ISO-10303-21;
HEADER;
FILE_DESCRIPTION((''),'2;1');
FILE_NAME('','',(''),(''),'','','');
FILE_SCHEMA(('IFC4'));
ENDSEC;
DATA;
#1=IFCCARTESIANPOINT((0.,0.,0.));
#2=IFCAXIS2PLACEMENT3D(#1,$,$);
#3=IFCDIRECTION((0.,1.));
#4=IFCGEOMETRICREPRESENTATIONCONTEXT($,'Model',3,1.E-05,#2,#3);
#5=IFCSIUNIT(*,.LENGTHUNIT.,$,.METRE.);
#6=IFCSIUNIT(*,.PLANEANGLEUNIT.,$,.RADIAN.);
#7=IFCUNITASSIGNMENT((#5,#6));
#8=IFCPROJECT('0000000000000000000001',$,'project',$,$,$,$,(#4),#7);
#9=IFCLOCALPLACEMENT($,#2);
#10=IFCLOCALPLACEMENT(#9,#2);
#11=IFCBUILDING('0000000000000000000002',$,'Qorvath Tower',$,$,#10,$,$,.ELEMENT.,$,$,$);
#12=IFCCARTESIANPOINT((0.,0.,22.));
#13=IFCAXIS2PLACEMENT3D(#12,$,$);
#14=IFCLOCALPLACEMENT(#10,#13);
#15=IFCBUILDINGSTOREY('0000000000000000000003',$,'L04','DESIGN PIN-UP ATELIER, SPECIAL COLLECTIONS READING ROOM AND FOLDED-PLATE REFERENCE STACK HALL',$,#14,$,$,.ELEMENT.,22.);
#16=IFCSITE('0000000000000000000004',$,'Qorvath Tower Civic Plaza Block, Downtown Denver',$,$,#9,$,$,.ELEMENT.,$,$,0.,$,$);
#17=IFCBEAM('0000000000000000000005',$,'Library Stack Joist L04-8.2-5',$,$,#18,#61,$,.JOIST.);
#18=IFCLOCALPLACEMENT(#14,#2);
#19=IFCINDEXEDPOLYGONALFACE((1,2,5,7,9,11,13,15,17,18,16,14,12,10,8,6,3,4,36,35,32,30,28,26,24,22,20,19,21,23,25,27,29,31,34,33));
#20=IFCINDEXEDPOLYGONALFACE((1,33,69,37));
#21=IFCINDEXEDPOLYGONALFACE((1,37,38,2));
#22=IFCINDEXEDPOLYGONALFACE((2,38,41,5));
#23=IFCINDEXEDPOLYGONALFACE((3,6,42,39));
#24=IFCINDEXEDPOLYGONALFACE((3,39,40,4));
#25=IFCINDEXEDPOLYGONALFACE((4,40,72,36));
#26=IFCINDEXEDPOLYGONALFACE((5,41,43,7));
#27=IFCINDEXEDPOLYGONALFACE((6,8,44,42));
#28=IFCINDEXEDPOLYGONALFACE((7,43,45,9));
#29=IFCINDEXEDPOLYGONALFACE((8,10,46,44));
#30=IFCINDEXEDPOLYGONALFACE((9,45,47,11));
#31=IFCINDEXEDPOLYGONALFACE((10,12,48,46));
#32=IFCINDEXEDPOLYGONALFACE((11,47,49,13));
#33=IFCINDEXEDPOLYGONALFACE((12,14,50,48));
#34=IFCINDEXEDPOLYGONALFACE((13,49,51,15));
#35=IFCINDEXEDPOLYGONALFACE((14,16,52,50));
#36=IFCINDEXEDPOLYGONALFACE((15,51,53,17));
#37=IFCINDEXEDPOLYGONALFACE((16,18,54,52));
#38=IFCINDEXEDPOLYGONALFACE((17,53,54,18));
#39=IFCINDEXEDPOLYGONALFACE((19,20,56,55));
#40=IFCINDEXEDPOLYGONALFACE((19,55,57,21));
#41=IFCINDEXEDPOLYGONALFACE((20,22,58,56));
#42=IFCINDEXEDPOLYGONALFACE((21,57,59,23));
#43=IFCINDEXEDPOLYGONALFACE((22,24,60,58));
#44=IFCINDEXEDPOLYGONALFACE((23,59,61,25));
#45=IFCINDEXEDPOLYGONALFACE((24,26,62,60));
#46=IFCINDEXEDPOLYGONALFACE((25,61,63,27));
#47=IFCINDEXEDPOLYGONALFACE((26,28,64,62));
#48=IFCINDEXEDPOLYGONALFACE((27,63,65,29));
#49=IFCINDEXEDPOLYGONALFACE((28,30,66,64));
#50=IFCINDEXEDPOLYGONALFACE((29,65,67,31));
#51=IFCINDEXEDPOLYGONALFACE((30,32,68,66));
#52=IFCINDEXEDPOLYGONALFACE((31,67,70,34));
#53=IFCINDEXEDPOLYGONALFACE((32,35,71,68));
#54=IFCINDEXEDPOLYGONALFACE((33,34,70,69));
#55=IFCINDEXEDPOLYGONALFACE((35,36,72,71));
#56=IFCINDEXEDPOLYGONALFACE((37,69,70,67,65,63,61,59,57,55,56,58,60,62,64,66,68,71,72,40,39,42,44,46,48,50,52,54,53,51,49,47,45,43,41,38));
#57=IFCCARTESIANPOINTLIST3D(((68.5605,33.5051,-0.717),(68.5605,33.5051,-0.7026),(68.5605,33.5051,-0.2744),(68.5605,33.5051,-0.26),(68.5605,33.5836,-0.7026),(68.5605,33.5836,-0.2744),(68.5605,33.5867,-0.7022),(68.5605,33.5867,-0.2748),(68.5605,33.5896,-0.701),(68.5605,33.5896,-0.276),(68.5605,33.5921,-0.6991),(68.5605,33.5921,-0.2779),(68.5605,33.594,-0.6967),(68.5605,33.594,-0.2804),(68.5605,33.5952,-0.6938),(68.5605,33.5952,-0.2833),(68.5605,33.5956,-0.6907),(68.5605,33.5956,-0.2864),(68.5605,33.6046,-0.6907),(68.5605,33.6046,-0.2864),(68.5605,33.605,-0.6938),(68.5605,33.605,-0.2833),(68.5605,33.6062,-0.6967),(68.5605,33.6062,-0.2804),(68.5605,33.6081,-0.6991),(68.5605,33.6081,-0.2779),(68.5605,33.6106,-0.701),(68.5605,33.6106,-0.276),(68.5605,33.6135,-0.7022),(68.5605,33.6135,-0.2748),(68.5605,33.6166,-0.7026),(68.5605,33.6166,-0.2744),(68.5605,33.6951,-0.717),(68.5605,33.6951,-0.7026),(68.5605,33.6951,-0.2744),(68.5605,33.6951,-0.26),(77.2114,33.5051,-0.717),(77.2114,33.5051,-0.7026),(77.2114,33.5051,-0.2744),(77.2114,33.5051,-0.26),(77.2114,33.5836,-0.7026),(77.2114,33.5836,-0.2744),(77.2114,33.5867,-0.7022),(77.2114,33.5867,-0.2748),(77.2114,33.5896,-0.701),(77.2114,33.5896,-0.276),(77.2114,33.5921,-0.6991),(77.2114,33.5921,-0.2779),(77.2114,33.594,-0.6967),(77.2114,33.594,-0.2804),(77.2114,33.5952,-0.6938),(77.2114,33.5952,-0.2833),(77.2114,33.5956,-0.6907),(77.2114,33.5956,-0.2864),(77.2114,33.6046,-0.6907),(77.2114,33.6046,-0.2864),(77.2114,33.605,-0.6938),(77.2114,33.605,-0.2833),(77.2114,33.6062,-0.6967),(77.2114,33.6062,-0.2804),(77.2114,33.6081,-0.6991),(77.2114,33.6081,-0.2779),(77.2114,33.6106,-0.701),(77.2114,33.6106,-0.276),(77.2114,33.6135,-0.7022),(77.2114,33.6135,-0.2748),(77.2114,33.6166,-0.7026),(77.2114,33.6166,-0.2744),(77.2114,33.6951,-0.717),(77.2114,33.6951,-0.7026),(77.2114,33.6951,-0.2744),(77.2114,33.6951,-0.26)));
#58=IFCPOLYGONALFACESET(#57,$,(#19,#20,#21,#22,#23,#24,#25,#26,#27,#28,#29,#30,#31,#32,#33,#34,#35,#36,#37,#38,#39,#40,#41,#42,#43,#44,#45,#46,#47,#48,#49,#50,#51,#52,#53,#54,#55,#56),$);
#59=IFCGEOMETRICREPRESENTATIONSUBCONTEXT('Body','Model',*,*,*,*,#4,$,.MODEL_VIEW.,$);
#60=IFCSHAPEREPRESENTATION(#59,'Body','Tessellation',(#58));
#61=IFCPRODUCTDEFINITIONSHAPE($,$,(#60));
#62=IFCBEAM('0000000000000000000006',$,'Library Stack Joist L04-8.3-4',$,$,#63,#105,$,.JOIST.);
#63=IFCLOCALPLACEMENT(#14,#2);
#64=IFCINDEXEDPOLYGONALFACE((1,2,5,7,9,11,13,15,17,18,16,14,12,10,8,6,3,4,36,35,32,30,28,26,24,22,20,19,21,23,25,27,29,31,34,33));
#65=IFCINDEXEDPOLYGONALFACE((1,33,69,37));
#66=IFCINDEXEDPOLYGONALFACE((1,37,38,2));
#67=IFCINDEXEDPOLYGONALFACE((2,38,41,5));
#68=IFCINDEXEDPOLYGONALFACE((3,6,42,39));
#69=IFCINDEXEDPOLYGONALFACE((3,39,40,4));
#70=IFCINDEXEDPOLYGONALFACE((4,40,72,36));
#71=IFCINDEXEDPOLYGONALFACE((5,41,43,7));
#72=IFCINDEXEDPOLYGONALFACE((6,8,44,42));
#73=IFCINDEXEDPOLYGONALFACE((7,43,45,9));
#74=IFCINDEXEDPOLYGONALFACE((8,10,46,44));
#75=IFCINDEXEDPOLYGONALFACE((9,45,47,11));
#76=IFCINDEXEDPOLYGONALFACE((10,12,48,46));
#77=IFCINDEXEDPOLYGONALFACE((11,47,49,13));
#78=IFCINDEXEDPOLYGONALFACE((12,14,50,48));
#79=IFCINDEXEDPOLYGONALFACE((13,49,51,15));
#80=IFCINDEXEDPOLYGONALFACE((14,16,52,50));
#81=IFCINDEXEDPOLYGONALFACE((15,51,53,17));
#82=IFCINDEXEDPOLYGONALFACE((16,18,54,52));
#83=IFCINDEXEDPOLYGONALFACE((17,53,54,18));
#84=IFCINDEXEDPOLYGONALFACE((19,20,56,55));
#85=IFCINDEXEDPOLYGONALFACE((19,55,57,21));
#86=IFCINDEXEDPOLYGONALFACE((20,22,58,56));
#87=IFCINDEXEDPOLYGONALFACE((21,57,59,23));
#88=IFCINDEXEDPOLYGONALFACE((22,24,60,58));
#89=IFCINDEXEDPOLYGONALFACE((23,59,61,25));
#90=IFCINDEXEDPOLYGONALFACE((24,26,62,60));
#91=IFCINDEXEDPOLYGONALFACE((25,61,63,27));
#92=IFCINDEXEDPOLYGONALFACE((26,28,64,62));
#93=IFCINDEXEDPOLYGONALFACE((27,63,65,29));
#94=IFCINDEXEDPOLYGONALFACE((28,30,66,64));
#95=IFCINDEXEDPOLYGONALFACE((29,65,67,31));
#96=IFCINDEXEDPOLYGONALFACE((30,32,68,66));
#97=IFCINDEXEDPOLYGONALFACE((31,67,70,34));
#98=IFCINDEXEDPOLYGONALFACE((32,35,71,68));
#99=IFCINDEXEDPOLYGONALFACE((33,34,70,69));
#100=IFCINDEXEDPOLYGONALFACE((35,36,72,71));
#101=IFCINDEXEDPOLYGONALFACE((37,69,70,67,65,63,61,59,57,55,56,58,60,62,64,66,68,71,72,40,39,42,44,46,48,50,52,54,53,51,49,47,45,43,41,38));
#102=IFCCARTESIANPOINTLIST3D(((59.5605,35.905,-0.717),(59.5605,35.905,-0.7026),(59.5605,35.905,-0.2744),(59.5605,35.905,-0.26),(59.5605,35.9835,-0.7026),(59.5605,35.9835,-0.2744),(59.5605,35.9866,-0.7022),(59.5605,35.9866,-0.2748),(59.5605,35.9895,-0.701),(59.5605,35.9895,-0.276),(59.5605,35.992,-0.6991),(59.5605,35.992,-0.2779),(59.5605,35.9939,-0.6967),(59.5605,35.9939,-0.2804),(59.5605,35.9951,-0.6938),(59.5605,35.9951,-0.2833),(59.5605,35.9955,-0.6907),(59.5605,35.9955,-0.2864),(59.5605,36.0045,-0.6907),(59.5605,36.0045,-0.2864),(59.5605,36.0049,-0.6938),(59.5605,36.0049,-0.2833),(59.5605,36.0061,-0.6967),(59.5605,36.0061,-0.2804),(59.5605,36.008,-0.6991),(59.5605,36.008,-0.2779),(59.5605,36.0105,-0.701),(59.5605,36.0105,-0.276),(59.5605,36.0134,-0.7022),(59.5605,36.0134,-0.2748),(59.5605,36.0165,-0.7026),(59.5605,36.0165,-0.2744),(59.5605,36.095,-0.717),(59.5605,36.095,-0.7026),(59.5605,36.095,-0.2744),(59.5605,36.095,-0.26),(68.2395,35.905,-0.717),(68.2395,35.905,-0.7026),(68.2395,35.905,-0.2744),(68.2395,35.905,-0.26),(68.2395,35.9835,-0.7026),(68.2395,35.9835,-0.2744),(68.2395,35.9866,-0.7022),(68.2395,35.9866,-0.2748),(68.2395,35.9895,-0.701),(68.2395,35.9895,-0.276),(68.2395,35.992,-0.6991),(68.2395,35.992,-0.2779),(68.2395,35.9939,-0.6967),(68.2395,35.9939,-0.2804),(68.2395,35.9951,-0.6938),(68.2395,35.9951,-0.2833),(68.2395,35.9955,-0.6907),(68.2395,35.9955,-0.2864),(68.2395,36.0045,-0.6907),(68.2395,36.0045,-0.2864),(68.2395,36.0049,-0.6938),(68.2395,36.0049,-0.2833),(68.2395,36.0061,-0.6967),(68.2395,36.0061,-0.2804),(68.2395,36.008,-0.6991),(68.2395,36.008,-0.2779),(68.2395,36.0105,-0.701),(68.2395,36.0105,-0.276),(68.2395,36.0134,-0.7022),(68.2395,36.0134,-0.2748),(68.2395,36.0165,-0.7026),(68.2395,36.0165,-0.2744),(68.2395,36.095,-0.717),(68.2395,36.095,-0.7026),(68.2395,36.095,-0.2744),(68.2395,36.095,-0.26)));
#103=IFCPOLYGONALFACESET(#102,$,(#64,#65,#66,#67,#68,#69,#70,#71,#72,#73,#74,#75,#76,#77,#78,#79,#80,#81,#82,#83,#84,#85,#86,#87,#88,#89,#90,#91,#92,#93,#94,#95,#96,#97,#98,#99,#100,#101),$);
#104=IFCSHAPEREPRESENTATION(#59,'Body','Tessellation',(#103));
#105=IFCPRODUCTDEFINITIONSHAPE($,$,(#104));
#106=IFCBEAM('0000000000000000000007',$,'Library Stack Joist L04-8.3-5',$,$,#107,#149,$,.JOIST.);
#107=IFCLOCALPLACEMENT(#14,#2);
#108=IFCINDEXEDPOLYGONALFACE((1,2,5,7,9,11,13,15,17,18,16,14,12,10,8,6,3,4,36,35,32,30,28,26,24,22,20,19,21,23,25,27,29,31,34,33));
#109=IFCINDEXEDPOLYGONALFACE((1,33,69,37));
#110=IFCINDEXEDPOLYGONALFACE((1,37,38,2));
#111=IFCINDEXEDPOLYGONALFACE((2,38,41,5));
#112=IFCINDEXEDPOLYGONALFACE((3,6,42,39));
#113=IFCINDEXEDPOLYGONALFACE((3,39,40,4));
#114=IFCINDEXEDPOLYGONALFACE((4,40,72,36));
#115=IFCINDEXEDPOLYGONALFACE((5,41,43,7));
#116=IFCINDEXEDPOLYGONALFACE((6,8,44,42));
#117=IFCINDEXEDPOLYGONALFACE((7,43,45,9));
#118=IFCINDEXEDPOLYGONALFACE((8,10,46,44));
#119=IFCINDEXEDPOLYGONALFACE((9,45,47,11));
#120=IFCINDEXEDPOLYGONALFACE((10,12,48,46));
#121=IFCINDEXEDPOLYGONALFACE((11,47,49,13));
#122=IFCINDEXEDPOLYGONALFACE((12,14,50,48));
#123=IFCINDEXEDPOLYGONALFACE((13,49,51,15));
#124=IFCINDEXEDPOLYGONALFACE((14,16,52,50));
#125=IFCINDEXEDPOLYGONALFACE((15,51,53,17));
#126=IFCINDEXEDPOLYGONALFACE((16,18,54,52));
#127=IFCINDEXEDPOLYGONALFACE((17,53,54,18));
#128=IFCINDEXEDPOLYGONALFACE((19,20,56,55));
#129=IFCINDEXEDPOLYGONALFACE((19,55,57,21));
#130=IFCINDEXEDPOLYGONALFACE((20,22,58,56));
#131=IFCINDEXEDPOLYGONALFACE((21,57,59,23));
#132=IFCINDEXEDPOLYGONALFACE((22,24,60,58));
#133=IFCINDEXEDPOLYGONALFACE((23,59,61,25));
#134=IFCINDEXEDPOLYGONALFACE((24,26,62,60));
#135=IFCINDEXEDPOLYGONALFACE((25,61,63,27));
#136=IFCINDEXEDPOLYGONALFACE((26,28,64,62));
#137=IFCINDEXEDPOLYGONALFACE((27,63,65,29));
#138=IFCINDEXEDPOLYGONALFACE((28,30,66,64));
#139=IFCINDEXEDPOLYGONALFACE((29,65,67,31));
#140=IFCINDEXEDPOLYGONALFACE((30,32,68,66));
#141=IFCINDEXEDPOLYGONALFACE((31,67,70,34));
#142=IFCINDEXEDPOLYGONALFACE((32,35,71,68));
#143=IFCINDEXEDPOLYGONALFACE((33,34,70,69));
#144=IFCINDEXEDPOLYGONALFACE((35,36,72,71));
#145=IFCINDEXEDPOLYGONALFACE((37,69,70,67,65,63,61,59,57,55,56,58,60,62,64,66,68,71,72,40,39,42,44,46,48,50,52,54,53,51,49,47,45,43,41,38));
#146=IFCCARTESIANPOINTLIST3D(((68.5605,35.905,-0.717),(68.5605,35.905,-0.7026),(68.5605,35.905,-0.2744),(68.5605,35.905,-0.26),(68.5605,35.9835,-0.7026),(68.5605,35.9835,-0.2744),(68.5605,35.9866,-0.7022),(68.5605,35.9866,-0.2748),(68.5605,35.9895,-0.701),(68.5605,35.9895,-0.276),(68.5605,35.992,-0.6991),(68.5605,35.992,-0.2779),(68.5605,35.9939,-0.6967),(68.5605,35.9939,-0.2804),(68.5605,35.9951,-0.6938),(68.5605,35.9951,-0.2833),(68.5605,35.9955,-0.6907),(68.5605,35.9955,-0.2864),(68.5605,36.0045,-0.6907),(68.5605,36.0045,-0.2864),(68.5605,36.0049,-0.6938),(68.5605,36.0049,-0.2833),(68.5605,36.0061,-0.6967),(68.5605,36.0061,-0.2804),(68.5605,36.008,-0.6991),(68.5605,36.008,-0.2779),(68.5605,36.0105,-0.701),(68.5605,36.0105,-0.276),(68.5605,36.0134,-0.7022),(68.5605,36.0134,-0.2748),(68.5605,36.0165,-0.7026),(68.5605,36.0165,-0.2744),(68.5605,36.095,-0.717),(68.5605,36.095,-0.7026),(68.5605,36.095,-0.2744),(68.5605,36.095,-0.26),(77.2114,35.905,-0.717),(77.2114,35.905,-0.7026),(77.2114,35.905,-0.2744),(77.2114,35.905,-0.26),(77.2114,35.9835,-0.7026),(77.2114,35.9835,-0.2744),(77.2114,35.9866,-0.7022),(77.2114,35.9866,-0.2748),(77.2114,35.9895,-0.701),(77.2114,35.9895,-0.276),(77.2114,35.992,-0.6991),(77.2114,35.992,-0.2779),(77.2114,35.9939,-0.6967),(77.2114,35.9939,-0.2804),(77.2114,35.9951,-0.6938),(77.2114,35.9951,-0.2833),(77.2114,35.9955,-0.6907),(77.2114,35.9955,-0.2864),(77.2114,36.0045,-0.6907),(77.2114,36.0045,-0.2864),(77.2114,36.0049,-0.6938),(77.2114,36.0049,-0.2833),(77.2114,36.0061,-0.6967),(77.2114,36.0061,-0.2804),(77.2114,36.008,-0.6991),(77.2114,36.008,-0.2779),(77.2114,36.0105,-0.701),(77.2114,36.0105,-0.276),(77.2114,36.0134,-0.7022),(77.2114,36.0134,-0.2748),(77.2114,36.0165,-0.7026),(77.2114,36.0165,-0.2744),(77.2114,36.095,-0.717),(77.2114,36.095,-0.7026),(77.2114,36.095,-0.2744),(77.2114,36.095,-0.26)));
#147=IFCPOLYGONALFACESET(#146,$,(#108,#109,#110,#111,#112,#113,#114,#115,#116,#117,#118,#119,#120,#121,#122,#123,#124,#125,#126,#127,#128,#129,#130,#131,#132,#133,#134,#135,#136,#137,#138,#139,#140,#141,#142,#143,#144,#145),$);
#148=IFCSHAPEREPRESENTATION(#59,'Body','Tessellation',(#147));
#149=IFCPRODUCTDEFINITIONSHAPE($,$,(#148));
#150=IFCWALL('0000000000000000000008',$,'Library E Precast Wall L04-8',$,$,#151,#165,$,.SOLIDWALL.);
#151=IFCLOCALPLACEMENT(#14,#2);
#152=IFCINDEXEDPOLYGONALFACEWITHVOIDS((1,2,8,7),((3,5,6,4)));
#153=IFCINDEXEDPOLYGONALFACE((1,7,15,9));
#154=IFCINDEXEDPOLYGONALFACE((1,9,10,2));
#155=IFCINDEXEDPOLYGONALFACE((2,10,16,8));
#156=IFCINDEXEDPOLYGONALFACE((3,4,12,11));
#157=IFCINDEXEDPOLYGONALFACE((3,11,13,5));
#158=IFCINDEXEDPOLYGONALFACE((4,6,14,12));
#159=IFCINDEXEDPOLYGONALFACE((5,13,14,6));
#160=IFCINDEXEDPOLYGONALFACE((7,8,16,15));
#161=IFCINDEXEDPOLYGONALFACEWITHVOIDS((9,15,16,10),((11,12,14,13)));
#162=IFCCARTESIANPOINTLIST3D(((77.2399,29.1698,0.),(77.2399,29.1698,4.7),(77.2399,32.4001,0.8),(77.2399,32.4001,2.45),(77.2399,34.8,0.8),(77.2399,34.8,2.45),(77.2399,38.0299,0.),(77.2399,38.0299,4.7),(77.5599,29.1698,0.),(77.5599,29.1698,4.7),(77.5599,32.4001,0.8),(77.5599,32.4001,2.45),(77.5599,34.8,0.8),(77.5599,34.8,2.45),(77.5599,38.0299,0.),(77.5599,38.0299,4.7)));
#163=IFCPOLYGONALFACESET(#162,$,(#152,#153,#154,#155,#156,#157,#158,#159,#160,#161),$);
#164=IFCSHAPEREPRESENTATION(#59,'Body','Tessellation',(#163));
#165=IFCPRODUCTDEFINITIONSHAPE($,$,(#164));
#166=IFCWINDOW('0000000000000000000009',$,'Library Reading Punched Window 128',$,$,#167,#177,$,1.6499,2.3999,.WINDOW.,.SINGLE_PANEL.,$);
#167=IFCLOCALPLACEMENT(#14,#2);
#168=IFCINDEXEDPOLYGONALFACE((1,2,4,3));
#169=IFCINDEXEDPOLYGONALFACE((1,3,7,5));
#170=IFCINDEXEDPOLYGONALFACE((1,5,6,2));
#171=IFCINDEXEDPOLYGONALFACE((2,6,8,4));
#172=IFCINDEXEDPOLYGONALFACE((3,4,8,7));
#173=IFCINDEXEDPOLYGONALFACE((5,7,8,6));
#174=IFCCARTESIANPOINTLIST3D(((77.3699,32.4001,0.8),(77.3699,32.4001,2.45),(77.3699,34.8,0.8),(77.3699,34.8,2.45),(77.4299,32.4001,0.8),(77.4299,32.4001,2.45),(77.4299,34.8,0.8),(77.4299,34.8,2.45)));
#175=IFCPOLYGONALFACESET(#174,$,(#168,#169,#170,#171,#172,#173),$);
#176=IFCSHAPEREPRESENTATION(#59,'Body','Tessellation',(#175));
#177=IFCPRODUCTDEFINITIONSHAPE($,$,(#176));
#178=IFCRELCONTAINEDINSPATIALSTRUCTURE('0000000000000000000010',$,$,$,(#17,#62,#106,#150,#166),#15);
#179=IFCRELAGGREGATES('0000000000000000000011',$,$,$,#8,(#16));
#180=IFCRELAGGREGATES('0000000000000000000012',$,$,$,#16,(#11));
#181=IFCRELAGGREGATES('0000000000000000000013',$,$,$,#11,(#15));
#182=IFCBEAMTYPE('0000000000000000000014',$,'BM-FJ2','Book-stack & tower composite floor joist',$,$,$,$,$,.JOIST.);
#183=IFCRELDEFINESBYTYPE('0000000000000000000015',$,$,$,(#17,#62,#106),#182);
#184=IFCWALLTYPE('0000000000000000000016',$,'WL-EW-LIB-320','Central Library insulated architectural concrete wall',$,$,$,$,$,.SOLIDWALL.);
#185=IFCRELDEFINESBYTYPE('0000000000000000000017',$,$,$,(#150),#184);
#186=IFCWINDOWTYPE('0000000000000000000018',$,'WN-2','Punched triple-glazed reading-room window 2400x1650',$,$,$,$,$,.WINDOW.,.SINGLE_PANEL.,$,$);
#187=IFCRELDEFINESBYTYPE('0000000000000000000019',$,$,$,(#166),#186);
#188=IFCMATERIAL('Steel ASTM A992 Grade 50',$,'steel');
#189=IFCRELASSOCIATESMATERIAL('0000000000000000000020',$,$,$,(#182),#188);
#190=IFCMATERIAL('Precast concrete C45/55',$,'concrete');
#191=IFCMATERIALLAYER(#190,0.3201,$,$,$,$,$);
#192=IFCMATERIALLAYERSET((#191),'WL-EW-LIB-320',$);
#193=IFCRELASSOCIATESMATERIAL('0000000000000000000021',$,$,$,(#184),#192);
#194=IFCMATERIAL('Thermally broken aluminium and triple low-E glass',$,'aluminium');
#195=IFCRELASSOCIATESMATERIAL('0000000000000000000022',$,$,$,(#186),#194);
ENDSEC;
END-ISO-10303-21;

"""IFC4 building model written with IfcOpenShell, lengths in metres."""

from ifc_helpers import new_model, si_unit, direction, frame, frame_2d, origin, origin_2d, place, context, subcontext, project, spatial, rectangle, i_section, extrude, material, layer, layer_set, material_profile, profile_set, type_object, element, fill, save


model = new_model("IFC4")

# Units and contexts
model_context = context("Model", 3, precision=1e-05, world=origin(), true_north=direction((0.0, 1.0)))
body_context = subcontext(model_context, "Body", "Model", "MODEL_VIEW")
ifc_project = project(units=[si_unit("LENGTHUNIT", "METRE"), si_unit("PLANEANGLEUNIT", "RADIAN")], contexts=[model_context])

# Site, building, storey
site_placement = place(None, origin())
site = spatial("IfcSite", under=ifc_project, at=site_placement, Name="Qorvath Tower Civic Plaza Block, Downtown Denver", CompositionType="ELEMENT", RefElevation=0.0)
building_placement = place(site_placement, origin())
building = spatial("IfcBuilding", under=site, at=building_placement, Name="Qorvath Tower", CompositionType="ELEMENT")
storey_placement = place(building_placement, frame((0.0, 0.0, 22.0)))
storey = spatial("IfcBuildingStorey", under=building, at=storey_placement, Name="L04", Description="DESIGN PIN-UP ATELIER, SPECIAL COLLECTIONS READING ROOM AND FOLDED-PLATE REFERENCE STACK HALL", CompositionType="ELEMENT", Elevation=22.0)

# Beams
ifc_material_1 = material(Name="Steel ASTM A992 Grade 50", Category="steel")
ifc_material_profile_1 = material_profile(ifc_material_1, i_section(OverallWidth=0.1899, OverallDepth=0.457, WebThickness=0.009, FlangeThickness=0.0144, FilletRadius=0.012, at=origin_2d()), Name="W18x50")
ifc_profile_set_1 = profile_set([ifc_material_profile_1], Name="Steel ASTM A992 Grade 50")
beam_type_1 = type_object("IfcBeamType", Name="BM-FJ2", Description="Book-stack & tower composite floor joist", PredefinedType="JOIST", material=ifc_profile_set_1)
beam_1_placement = place(storey_placement, frame((68.5605, 33.6001, -0.4885), z_axis=(1.0, 0.0, 0.0), x_axis=(0.0, 1.0, 0.0)))
element("IfcBeam", 1, at=beam_1_placement, inside=storey, type_object=beam_type_1, Name="Library Stack Joist L04-8.2-5", PredefinedType="JOIST", context=body_context, shape_type="SweptSolid", body=[
    extrude(i_section(OverallWidth=0.1899, OverallDepth=0.457, WebThickness=0.009, FlangeThickness=0.0144, FilletRadius=0.012, at=origin_2d()), origin(), (0.0, 0.0, 1.0), 8.6509),
])
beam_2_placement = place(storey_placement, frame((59.5605, 36.0, -0.4885), z_axis=(1.0, 0.0, 0.0), x_axis=(0.0, 1.0, 0.0)))
element("IfcBeam", 2, at=beam_2_placement, inside=storey, type_object=beam_type_1, Name="Library Stack Joist L04-8.3-4", PredefinedType="JOIST", context=body_context, shape_type="SweptSolid", body=[
    extrude(i_section(OverallWidth=0.1899, OverallDepth=0.457, WebThickness=0.009, FlangeThickness=0.0144, FilletRadius=0.012, at=origin_2d()), origin(), (0.0, 0.0, 1.0), 8.679),
])
beam_3_placement = place(storey_placement, frame((68.5605, 36.0, -0.4885), z_axis=(1.0, 0.0, 0.0), x_axis=(0.0, 1.0, 0.0)))
element("IfcBeam", 3, at=beam_3_placement, inside=storey, type_object=beam_type_1, Name="Library Stack Joist L04-8.3-5", PredefinedType="JOIST", context=body_context, shape_type="SweptSolid", body=[
    extrude(i_section(OverallWidth=0.1899, OverallDepth=0.457, WebThickness=0.009, FlangeThickness=0.0144, FilletRadius=0.012, at=origin_2d()), origin(), (0.0, 0.0, 1.0), 8.6509),
])

# Wall, opening, window
ifc_material_2 = material(Name="Precast concrete C45/55", Category="concrete")
ifc_layer = layer(ifc_material_2, 0.3201)
ifc_layer_set = layer_set([ifc_layer], Name="WL-EW-LIB-320")
wall_type = type_object("IfcWallType", Name="WL-EW-LIB-320", Description="Central Library insulated architectural concrete wall", PredefinedType="SOLIDWALL", material=ifc_layer_set)
wall_1_placement = place(storey_placement, frame((77.3999, 38.03, 0.0), z_axis=(0.0, 0.0, 1.0), x_axis=(0.0, -1.0, 0.0)))
wall_1 = element("IfcWall", 4, at=wall_1_placement, inside=storey, type_object=wall_type, Name="Library E Precast Wall L04-8", PredefinedType="SOLIDWALL", context=body_context, shape_type="SweptSolid", body=[
    extrude(rectangle(XDim=8.8601, YDim=0.3201, at=frame_2d((4.4302, 0.0))), origin(), (0.0, 0.0, 1.0), 4.7),
])
opening_1_placement = place(wall_1_placement, frame((3.23, 0.0, 0.8)))
opening_1 = element("IfcOpeningElement", 5, at=opening_1_placement, cuts=wall_1, PredefinedType="OPENING", context=body_context, shape_type="SweptSolid", body=[
    extrude(rectangle(XDim=2.3999, YDim=1.6499, at=frame_2d((1.2, 0.825))), frame((0.0, 0.1699, 0.0), z_axis=(0.0, -1.0, 0.0), x_axis=(1.0, 0.0, 0.0)), (0.0, 0.0, 1.0), 0.3401),
])
ifc_material_3 = material(Name="Thermally broken aluminium and triple low-E glass", Category="aluminium")
window_type = type_object("IfcWindowType", Name="WN-2", Description="Punched triple-glazed reading-room window 2400x1650", PartitioningType="SINGLE_PANEL", PredefinedType="WINDOW", material=ifc_material_3)
window_1_placement = place(opening_1_placement, origin())
window_1 = element("IfcWindow", 6, at=window_1_placement, inside=storey, type_object=window_type, Name="Library Reading Punched Window 128", OverallHeight=1.6499, OverallWidth=2.3999, PartitioningType="SINGLE_PANEL", PredefinedType="WINDOW", context=body_context, shape_type="SweptSolid", body=[
    extrude(rectangle(XDim=2.3999, YDim=1.6499, at=frame_2d((1.2, 0.825))), frame((0.0, 0.03, 0.0), z_axis=(0.0, -1.0, 0.0), x_axis=(1.0, 0.0, 0.0)), (0.0, 0.0, 1.0), 0.0601),
])
fill(opening_1, window_1)

save(model, "model.ifc")
